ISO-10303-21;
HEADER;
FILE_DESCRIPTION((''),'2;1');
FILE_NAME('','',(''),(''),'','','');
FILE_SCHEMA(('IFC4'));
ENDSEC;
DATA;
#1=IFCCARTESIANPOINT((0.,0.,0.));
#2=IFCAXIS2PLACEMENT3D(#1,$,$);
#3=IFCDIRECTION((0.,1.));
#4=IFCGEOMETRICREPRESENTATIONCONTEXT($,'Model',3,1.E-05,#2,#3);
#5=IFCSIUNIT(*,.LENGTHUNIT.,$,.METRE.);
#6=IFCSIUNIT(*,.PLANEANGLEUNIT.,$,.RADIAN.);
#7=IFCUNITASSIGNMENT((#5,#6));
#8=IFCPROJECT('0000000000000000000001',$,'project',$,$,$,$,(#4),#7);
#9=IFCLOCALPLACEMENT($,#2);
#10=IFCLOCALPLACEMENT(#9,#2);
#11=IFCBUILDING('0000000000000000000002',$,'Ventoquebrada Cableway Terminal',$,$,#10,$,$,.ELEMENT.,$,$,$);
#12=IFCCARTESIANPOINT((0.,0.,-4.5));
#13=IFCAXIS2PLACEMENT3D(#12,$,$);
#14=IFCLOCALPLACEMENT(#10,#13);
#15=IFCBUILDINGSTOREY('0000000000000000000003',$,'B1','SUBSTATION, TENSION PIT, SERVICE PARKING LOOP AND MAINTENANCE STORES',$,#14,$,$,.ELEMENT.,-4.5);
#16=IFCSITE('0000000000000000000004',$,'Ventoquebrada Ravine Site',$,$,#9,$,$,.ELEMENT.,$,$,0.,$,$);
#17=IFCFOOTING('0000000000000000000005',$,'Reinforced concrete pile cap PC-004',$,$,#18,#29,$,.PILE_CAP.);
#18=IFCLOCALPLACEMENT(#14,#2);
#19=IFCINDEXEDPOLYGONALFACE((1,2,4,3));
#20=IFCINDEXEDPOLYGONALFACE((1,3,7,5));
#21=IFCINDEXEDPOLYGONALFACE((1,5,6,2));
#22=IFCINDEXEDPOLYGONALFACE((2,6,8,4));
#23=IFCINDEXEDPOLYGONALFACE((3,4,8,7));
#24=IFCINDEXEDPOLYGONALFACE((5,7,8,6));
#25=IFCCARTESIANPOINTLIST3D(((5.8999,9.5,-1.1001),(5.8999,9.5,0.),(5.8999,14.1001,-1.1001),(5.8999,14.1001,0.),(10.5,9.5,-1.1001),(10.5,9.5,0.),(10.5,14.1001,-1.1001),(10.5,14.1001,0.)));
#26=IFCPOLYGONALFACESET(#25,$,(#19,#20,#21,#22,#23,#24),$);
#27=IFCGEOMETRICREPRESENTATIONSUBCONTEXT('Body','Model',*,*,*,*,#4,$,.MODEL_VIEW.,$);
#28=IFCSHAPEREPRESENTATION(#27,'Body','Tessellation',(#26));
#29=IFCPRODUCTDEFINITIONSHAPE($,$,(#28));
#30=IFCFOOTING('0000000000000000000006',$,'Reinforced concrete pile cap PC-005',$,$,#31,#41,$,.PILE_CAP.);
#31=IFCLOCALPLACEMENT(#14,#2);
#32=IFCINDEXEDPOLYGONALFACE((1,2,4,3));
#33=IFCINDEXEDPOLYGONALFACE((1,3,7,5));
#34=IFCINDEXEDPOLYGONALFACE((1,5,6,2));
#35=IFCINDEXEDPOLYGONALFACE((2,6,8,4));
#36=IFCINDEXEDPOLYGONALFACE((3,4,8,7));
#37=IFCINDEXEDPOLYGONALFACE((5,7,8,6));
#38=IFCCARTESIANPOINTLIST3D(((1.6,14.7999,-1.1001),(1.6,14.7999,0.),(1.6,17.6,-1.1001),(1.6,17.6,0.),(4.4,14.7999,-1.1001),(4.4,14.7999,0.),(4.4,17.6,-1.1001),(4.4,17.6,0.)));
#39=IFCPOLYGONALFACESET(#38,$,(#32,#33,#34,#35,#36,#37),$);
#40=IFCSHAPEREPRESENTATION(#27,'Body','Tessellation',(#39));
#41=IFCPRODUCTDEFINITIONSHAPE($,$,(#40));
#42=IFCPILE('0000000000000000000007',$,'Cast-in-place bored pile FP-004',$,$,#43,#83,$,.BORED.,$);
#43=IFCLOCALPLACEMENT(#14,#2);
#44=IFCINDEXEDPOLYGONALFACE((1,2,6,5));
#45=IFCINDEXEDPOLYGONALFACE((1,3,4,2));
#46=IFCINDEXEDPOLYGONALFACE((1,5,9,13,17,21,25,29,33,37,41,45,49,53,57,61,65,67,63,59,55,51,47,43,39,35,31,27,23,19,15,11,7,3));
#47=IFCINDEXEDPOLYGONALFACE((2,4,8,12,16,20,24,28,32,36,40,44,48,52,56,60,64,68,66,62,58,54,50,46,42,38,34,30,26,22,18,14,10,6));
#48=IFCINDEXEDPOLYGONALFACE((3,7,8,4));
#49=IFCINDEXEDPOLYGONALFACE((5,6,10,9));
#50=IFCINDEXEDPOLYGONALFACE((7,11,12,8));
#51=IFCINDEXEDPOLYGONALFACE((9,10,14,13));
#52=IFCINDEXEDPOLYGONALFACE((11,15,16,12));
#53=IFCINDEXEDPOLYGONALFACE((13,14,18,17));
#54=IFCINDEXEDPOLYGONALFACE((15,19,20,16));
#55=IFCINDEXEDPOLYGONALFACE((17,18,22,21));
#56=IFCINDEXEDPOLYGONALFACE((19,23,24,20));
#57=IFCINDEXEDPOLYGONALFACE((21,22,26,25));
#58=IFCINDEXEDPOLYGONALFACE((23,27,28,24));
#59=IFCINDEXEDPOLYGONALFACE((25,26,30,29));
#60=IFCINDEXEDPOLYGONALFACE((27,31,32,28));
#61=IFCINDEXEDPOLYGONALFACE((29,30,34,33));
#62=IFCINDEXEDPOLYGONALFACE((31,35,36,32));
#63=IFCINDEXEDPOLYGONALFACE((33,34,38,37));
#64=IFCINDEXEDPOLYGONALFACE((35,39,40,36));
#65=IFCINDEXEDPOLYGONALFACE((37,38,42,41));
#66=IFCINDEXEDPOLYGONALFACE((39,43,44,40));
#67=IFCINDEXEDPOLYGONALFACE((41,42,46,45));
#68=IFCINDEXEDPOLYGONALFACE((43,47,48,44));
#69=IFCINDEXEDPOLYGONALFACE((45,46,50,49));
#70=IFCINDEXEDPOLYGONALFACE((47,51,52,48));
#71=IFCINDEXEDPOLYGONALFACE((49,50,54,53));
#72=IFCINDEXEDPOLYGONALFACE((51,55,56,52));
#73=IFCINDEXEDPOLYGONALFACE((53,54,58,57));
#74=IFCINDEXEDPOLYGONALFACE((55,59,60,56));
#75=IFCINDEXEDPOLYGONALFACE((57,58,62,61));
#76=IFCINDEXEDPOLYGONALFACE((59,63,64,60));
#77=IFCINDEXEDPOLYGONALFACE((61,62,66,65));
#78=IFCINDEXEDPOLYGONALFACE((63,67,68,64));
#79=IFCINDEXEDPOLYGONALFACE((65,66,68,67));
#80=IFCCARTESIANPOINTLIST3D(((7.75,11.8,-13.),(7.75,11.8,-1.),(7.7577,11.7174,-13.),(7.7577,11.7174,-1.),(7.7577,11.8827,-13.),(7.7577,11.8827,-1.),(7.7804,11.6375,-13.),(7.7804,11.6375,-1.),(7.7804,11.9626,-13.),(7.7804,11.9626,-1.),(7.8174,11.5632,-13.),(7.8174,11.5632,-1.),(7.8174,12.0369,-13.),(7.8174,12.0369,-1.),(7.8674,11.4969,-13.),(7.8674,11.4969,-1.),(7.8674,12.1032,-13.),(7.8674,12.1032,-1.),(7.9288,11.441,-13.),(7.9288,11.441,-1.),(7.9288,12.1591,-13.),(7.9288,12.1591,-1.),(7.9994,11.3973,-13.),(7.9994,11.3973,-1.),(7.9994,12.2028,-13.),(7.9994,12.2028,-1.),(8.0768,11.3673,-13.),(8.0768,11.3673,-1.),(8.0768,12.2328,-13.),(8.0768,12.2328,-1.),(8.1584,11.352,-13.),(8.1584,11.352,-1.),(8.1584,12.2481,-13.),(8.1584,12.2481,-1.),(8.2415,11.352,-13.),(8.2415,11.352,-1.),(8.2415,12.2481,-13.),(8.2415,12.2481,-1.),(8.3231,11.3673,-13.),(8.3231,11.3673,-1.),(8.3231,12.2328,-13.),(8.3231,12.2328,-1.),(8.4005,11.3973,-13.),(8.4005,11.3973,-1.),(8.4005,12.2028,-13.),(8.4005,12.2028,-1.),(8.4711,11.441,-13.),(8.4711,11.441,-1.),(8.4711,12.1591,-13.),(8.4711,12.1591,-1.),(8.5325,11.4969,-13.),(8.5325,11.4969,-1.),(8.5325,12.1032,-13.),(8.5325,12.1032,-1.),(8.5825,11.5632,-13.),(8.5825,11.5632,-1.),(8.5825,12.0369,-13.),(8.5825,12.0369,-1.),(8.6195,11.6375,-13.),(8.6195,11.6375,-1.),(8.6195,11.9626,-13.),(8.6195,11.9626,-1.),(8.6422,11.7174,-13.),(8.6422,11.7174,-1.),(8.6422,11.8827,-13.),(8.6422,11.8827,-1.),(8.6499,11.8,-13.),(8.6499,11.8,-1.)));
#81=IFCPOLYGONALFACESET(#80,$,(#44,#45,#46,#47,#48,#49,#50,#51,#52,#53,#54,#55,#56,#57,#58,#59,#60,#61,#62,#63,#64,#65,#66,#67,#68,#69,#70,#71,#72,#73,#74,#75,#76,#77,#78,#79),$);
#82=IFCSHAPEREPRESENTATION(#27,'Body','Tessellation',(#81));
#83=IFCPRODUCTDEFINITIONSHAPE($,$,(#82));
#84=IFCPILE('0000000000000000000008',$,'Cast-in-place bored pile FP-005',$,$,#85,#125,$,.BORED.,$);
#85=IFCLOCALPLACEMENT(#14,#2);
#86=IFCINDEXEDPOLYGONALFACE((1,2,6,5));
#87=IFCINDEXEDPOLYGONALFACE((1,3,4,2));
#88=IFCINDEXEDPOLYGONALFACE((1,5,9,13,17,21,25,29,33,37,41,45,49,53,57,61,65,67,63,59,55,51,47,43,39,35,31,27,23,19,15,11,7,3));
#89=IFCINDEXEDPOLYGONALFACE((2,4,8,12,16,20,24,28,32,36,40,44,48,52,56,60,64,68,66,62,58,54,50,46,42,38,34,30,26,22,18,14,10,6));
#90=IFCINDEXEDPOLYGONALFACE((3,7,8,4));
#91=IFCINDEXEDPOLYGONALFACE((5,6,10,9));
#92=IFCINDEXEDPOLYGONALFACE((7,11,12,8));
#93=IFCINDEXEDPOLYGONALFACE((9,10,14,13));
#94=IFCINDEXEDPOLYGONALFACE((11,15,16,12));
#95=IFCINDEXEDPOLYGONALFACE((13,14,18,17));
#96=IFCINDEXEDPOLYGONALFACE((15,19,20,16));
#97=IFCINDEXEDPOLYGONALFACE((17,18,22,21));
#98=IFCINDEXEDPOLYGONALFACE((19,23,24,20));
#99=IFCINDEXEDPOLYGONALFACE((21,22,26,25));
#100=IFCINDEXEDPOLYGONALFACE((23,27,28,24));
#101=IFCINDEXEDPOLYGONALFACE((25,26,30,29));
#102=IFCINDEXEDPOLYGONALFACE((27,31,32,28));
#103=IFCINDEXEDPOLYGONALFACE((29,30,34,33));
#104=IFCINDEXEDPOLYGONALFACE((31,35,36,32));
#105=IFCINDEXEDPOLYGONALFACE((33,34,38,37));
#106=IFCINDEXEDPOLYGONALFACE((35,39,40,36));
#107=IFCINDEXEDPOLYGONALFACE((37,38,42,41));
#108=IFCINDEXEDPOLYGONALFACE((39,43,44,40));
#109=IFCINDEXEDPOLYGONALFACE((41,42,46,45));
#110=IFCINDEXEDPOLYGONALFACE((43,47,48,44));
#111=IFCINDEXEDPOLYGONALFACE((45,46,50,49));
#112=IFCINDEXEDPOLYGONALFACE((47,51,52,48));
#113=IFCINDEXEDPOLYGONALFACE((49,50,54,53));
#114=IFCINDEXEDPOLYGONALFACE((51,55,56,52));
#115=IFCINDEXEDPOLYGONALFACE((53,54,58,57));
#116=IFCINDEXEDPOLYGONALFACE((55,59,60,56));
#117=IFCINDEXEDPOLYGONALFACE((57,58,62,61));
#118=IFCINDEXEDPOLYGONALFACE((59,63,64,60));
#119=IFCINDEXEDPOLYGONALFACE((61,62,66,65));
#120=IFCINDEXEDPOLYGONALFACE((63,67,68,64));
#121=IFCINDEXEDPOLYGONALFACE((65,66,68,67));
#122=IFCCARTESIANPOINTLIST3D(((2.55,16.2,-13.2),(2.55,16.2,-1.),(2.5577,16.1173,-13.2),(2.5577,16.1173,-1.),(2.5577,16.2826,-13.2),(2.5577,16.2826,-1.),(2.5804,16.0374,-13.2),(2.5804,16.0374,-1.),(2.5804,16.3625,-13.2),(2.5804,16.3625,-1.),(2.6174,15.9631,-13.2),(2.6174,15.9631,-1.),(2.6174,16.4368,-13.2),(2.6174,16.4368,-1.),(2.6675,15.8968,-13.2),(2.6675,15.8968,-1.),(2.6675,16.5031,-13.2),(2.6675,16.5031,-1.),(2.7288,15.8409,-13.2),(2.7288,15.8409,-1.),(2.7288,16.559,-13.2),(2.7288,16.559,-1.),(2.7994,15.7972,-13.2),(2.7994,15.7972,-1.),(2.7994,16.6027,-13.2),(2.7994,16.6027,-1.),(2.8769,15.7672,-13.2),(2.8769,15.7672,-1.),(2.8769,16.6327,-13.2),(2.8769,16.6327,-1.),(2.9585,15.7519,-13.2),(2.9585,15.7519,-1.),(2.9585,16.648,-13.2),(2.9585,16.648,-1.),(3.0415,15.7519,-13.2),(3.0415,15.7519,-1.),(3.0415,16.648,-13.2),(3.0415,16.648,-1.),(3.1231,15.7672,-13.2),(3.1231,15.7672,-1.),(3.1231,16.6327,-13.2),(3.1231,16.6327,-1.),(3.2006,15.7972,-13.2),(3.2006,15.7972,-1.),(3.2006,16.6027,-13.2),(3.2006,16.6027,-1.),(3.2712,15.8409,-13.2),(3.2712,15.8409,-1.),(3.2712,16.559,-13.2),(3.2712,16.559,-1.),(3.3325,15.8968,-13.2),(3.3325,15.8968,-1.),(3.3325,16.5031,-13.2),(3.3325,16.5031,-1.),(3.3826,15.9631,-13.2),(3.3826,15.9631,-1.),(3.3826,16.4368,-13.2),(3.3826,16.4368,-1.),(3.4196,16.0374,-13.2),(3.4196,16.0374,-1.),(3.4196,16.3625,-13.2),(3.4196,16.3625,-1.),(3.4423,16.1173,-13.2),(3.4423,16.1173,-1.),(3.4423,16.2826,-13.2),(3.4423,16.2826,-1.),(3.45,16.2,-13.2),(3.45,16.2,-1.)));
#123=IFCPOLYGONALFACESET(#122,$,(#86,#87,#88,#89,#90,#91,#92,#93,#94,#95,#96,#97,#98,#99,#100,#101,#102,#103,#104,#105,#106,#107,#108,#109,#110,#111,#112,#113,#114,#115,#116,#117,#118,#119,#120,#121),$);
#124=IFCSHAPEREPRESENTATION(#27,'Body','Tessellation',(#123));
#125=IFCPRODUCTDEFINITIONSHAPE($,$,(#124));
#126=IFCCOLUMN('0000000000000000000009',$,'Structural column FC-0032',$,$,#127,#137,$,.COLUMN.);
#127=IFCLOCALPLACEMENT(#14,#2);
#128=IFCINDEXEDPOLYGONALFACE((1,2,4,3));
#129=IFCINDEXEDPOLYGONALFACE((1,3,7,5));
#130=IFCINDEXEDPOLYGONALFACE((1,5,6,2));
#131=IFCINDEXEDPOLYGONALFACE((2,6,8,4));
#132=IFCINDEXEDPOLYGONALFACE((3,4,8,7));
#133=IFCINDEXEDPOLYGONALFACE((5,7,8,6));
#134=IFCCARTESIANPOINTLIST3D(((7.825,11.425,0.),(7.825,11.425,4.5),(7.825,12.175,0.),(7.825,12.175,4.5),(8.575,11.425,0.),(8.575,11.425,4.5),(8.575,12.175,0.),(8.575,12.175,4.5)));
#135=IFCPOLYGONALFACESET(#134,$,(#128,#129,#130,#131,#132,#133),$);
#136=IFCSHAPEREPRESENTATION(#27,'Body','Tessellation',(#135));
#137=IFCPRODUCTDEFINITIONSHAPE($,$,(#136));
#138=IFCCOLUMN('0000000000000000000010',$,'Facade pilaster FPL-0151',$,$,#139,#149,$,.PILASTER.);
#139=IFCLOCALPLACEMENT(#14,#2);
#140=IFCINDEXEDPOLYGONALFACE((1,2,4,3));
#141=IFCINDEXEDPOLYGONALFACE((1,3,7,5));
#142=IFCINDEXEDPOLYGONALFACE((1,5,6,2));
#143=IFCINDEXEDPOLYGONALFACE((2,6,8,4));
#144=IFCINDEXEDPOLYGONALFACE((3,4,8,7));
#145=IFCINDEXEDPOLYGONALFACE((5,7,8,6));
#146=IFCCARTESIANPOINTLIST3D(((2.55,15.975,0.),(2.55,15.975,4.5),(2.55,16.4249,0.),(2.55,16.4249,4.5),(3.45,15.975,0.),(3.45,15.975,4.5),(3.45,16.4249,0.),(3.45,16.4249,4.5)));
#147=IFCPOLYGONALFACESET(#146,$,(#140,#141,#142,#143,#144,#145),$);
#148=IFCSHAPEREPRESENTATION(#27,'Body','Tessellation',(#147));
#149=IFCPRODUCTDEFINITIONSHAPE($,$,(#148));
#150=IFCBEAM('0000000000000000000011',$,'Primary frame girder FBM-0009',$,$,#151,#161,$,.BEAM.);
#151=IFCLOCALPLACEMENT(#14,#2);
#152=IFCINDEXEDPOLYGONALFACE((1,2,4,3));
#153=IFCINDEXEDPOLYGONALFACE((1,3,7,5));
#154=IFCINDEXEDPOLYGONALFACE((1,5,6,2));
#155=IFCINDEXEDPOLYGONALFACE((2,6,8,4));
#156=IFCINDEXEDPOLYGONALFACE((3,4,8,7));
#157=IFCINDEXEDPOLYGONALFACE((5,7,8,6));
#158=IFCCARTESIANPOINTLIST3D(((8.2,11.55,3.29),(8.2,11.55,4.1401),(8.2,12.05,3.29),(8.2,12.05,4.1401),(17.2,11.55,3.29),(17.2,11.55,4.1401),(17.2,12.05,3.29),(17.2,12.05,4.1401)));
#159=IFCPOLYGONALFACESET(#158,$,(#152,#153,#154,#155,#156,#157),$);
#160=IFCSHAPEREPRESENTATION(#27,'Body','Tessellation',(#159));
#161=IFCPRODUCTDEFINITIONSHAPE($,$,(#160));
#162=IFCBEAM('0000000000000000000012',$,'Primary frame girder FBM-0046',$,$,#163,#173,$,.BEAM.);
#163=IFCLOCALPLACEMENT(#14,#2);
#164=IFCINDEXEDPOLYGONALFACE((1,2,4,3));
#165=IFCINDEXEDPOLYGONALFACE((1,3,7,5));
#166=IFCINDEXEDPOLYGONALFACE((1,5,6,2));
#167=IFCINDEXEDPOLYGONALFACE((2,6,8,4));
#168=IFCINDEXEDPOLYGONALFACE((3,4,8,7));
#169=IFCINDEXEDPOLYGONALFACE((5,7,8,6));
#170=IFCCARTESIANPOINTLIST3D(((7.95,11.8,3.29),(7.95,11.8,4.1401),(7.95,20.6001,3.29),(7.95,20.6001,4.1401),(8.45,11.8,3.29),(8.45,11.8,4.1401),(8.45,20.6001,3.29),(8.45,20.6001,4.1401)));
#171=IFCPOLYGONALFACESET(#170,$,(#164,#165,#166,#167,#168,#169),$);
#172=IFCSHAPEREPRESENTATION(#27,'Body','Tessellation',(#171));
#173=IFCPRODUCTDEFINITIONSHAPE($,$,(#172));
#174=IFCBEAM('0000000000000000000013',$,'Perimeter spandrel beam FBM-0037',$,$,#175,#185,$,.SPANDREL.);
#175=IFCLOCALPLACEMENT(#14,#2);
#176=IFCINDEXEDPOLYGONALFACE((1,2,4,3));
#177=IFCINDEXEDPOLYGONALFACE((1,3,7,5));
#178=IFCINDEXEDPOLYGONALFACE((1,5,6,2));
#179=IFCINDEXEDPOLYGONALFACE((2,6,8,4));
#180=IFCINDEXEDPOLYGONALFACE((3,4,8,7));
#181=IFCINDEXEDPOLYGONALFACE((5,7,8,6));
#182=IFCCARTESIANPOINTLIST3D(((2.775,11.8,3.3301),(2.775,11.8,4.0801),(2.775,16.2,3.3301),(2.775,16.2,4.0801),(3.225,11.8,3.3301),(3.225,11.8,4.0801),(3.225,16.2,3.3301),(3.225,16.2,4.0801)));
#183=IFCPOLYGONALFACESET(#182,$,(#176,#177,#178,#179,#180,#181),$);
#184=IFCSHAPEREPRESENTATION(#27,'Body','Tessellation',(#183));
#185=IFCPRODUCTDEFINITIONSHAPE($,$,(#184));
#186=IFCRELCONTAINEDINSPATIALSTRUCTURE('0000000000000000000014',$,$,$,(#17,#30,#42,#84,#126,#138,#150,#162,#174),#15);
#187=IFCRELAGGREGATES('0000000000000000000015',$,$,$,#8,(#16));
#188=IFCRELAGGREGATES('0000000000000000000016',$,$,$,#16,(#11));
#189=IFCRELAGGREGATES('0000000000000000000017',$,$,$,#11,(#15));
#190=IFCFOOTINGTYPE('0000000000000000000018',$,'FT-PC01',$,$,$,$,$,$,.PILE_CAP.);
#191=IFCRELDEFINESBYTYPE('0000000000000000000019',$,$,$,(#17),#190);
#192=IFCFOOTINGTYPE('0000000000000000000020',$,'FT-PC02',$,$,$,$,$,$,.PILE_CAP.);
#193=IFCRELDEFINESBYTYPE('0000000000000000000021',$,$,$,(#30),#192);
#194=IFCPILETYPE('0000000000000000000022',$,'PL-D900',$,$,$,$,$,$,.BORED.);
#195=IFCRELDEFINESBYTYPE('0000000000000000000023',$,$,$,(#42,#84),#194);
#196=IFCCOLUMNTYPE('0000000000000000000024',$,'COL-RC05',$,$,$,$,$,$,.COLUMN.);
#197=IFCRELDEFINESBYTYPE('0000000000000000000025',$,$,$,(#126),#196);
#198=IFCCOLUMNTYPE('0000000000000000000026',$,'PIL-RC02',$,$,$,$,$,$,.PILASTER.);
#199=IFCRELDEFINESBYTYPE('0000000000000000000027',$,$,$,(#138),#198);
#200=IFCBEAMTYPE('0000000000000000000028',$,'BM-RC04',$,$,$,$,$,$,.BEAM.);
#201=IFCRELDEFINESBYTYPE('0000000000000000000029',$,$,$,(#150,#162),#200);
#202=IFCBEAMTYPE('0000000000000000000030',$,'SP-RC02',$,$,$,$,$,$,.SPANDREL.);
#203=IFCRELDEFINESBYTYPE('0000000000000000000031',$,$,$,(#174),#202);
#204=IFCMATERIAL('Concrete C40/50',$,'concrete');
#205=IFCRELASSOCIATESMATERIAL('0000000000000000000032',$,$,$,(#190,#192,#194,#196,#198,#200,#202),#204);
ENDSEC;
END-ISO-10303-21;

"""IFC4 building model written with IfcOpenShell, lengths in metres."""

from ifc_helpers import new_model, si_unit, direction, frame, origin, origin_2d, place, context, subcontext, project, spatial, rectangle, circle, extrude, material, material_profile, profile_set, type_object, element, save


model = new_model("IFC4")

# Units and contexts
model_context = context("Model", 3, precision=1e-05, world=origin(), true_north=direction((0.0, 1.0)))
body_context = subcontext(model_context, "Body", "Model", "MODEL_VIEW")
ifc_project = project(units=[si_unit("LENGTHUNIT", "METRE"), si_unit("PLANEANGLEUNIT", "RADIAN")], contexts=[model_context])

# Site, building, storey
site_placement = place(None, origin())
site = spatial("IfcSite", under=ifc_project, at=site_placement, Name="Ventoquebrada Ravine Site", CompositionType="ELEMENT", RefElevation=0.0)
building_placement = place(site_placement, origin())
building = spatial("IfcBuilding", under=site, at=building_placement, Name="Ventoquebrada Cableway Terminal", CompositionType="ELEMENT")
storey_placement = place(building_placement, frame((0.0, 0.0, -4.5)))
storey = spatial("IfcBuildingStorey", under=building, at=storey_placement, Name="B1", Description="SUBSTATION, TENSION PIT, SERVICE PARKING LOOP AND MAINTENANCE STORES", CompositionType="ELEMENT", Elevation=-4.5)

# Footings
ifc_material_1 = material(Name="Concrete C40/50", Category="concrete")
footing_type_1 = type_object("IfcFootingType", Name="FT-PC01", PredefinedType="PILE_CAP", material=ifc_material_1)
footing_1_placement = place(storey_placement, frame((8.2, 11.8, -1.1001), z_axis=(0.0, 0.0, 1.0), x_axis=(1.0, 0.0, 0.0)))
element("IfcFooting", 1, at=footing_1_placement, inside=storey, type_object=footing_type_1, Name="Reinforced concrete pile cap PC-004", PredefinedType="PILE_CAP", context=body_context, shape_type="SweptSolid", body=[
    extrude(rectangle(XDim=4.6001, YDim=4.6001, at=origin_2d()), origin(), (0.0, 0.0, 1.0), 1.1001),
])
footing_type_2 = type_object("IfcFootingType", Name="FT-PC02", PredefinedType="PILE_CAP", material=ifc_material_1)
footing_2_placement = place(storey_placement, frame((3.0, 16.2, -1.1001), z_axis=(0.0, 0.0, 1.0), x_axis=(1.0, 0.0, 0.0)))
element("IfcFooting", 2, at=footing_2_placement, inside=storey, type_object=footing_type_2, Name="Reinforced concrete pile cap PC-005", PredefinedType="PILE_CAP", context=body_context, shape_type="SweptSolid", body=[
    extrude(rectangle(XDim=2.8, YDim=2.8, at=origin_2d()), origin(), (0.0, 0.0, 1.0), 1.1001),
])

# Piles
ifc_material_profile_1 = material_profile(ifc_material_1, circle(Radius=0.45, at=origin_2d()), Name="PILE-D900")
ifc_profile_set_1 = profile_set([ifc_material_profile_1], Name="Concrete C40/50")
pile_type = type_object("IfcPileType", Name="PL-D900", PredefinedType="BORED", material=ifc_profile_set_1)
pile_1_placement = place(storey_placement, frame((8.2, 11.8, -1.0), z_axis=(0.0, 0.0, -1.0), x_axis=(1.0, 0.0, 0.0)))
element("IfcPile", 3, at=pile_1_placement, inside=storey, type_object=pile_type, Name="Cast-in-place bored pile FP-004", PredefinedType="BORED", context=body_context, shape_type="SweptSolid", body=[
    extrude(circle(Radius=0.45, at=origin_2d()), origin(), (0.0, 0.0, 1.0), 12.0),
])
pile_2_placement = place(storey_placement, frame((3.0, 16.2, -1.0), z_axis=(0.0, 0.0, -1.0), x_axis=(1.0, 0.0, 0.0)))
element("IfcPile", 4, at=pile_2_placement, inside=storey, type_object=pile_type, Name="Cast-in-place bored pile FP-005", PredefinedType="BORED", context=body_context, shape_type="SweptSolid", body=[
    extrude(circle(Radius=0.45, at=origin_2d()), origin(), (0.0, 0.0, 1.0), 12.2),
])

# Columns
ifc_material_profile_2 = material_profile(ifc_material_1, rectangle(XDim=0.75, YDim=0.75, at=origin_2d()), Name="RC-COL-750X750")
ifc_profile_set_2 = profile_set([ifc_material_profile_2], Name="Concrete C40/50")
column_type_1 = type_object("IfcColumnType", Name="COL-RC05", PredefinedType="COLUMN", material=ifc_profile_set_2)
column_1_placement = place(storey_placement, frame((8.2, 11.8, 0.0), z_axis=(0.0, 0.0, 1.0), x_axis=(1.0, 0.0, 0.0)))
element("IfcColumn", 5, at=column_1_placement, inside=storey, type_object=column_type_1, Name="Structural column FC-0032", PredefinedType="COLUMN", context=body_context, shape_type="SweptSolid", body=[
    extrude(rectangle(XDim=0.75, YDim=0.75, at=origin_2d()), origin(), (0.0, 0.0, 1.0), 4.5),
])
ifc_material_profile_3 = material_profile(ifc_material_1, rectangle(XDim=0.45, YDim=0.8999, at=origin_2d()), Name="RC-PIL-450X900")
ifc_profile_set_3 = profile_set([ifc_material_profile_3], Name="Concrete C40/50")
column_type_2 = type_object("IfcColumnType", Name="PIL-RC02", PredefinedType="PILASTER", material=ifc_profile_set_3)
column_2_placement = place(storey_placement, frame((3.0, 16.2, 0.0), z_axis=(0.0, 0.0, 1.0), x_axis=(0.0, 1.0, 0.0)))
element("IfcColumn", 6, at=column_2_placement, inside=storey, type_object=column_type_2, Name="Facade pilaster FPL-0151", PredefinedType="PILASTER", context=body_context, shape_type="SweptSolid", body=[
    extrude(rectangle(XDim=0.45, YDim=0.8999, at=origin_2d()), origin(), (0.0, 0.0, 1.0), 4.5),
])

# Beams
ifc_material_profile_4 = material_profile(ifc_material_1, rectangle(XDim=0.5, YDim=0.8501, at=origin_2d()), Name="RC-BM-500X850")
ifc_profile_set_4 = profile_set([ifc_material_profile_4], Name="Concrete C40/50")
beam_type_1 = type_object("IfcBeamType", Name="BM-RC04", PredefinedType="BEAM", material=ifc_profile_set_4)
beam_1_placement = place(storey_placement, frame((8.2, 11.8, 3.7151), z_axis=(1.0, 0.0, 0.0), x_axis=(0.0, 1.0, 0.0)))
element("IfcBeam", 7, at=beam_1_placement, inside=storey, type_object=beam_type_1, Name="Primary frame girder FBM-0009", PredefinedType="BEAM", context=body_context, shape_type="SweptSolid", body=[
    extrude(rectangle(XDim=0.5, YDim=0.8501, at=origin_2d()), origin(), (0.0, 0.0, 1.0), 9.0),
])
beam_2_placement = place(storey_placement, frame((8.2, 11.8, 3.7151), z_axis=(0.0, 1.0, 0.0), x_axis=(-1.0, 0.0, 0.0)))
element("IfcBeam", 8, at=beam_2_placement, inside=storey, type_object=beam_type_1, Name="Primary frame girder FBM-0046", PredefinedType="BEAM", context=body_context, shape_type="SweptSolid", body=[
    extrude(rectangle(XDim=0.5, YDim=0.8501, at=origin_2d()), origin(), (0.0, 0.0, 1.0), 8.8),
])
ifc_material_profile_5 = material_profile(ifc_material_1, rectangle(XDim=0.45, YDim=0.75, at=origin_2d()), Name="RC-BM-450X750")
ifc_profile_set_5 = profile_set([ifc_material_profile_5], Name="Concrete C40/50")
beam_type_2 = type_object("IfcBeamType", Name="SP-RC02", PredefinedType="SPANDREL", material=ifc_profile_set_5)
beam_3_placement = place(storey_placement, frame((3.0, 11.8, 3.7051), z_axis=(0.0, 1.0, 0.0), x_axis=(-1.0, 0.0, 0.0)))
element("IfcBeam", 9, at=beam_3_placement, inside=storey, type_object=beam_type_2, Name="Perimeter spandrel beam FBM-0037", PredefinedType="SPANDREL", context=body_context, shape_type="SweptSolid", body=[
    extrude(rectangle(XDim=0.45, YDim=0.75, at=origin_2d()), origin(), (0.0, 0.0, 1.0), 4.3999),
])

save(model, "model.ifc")
